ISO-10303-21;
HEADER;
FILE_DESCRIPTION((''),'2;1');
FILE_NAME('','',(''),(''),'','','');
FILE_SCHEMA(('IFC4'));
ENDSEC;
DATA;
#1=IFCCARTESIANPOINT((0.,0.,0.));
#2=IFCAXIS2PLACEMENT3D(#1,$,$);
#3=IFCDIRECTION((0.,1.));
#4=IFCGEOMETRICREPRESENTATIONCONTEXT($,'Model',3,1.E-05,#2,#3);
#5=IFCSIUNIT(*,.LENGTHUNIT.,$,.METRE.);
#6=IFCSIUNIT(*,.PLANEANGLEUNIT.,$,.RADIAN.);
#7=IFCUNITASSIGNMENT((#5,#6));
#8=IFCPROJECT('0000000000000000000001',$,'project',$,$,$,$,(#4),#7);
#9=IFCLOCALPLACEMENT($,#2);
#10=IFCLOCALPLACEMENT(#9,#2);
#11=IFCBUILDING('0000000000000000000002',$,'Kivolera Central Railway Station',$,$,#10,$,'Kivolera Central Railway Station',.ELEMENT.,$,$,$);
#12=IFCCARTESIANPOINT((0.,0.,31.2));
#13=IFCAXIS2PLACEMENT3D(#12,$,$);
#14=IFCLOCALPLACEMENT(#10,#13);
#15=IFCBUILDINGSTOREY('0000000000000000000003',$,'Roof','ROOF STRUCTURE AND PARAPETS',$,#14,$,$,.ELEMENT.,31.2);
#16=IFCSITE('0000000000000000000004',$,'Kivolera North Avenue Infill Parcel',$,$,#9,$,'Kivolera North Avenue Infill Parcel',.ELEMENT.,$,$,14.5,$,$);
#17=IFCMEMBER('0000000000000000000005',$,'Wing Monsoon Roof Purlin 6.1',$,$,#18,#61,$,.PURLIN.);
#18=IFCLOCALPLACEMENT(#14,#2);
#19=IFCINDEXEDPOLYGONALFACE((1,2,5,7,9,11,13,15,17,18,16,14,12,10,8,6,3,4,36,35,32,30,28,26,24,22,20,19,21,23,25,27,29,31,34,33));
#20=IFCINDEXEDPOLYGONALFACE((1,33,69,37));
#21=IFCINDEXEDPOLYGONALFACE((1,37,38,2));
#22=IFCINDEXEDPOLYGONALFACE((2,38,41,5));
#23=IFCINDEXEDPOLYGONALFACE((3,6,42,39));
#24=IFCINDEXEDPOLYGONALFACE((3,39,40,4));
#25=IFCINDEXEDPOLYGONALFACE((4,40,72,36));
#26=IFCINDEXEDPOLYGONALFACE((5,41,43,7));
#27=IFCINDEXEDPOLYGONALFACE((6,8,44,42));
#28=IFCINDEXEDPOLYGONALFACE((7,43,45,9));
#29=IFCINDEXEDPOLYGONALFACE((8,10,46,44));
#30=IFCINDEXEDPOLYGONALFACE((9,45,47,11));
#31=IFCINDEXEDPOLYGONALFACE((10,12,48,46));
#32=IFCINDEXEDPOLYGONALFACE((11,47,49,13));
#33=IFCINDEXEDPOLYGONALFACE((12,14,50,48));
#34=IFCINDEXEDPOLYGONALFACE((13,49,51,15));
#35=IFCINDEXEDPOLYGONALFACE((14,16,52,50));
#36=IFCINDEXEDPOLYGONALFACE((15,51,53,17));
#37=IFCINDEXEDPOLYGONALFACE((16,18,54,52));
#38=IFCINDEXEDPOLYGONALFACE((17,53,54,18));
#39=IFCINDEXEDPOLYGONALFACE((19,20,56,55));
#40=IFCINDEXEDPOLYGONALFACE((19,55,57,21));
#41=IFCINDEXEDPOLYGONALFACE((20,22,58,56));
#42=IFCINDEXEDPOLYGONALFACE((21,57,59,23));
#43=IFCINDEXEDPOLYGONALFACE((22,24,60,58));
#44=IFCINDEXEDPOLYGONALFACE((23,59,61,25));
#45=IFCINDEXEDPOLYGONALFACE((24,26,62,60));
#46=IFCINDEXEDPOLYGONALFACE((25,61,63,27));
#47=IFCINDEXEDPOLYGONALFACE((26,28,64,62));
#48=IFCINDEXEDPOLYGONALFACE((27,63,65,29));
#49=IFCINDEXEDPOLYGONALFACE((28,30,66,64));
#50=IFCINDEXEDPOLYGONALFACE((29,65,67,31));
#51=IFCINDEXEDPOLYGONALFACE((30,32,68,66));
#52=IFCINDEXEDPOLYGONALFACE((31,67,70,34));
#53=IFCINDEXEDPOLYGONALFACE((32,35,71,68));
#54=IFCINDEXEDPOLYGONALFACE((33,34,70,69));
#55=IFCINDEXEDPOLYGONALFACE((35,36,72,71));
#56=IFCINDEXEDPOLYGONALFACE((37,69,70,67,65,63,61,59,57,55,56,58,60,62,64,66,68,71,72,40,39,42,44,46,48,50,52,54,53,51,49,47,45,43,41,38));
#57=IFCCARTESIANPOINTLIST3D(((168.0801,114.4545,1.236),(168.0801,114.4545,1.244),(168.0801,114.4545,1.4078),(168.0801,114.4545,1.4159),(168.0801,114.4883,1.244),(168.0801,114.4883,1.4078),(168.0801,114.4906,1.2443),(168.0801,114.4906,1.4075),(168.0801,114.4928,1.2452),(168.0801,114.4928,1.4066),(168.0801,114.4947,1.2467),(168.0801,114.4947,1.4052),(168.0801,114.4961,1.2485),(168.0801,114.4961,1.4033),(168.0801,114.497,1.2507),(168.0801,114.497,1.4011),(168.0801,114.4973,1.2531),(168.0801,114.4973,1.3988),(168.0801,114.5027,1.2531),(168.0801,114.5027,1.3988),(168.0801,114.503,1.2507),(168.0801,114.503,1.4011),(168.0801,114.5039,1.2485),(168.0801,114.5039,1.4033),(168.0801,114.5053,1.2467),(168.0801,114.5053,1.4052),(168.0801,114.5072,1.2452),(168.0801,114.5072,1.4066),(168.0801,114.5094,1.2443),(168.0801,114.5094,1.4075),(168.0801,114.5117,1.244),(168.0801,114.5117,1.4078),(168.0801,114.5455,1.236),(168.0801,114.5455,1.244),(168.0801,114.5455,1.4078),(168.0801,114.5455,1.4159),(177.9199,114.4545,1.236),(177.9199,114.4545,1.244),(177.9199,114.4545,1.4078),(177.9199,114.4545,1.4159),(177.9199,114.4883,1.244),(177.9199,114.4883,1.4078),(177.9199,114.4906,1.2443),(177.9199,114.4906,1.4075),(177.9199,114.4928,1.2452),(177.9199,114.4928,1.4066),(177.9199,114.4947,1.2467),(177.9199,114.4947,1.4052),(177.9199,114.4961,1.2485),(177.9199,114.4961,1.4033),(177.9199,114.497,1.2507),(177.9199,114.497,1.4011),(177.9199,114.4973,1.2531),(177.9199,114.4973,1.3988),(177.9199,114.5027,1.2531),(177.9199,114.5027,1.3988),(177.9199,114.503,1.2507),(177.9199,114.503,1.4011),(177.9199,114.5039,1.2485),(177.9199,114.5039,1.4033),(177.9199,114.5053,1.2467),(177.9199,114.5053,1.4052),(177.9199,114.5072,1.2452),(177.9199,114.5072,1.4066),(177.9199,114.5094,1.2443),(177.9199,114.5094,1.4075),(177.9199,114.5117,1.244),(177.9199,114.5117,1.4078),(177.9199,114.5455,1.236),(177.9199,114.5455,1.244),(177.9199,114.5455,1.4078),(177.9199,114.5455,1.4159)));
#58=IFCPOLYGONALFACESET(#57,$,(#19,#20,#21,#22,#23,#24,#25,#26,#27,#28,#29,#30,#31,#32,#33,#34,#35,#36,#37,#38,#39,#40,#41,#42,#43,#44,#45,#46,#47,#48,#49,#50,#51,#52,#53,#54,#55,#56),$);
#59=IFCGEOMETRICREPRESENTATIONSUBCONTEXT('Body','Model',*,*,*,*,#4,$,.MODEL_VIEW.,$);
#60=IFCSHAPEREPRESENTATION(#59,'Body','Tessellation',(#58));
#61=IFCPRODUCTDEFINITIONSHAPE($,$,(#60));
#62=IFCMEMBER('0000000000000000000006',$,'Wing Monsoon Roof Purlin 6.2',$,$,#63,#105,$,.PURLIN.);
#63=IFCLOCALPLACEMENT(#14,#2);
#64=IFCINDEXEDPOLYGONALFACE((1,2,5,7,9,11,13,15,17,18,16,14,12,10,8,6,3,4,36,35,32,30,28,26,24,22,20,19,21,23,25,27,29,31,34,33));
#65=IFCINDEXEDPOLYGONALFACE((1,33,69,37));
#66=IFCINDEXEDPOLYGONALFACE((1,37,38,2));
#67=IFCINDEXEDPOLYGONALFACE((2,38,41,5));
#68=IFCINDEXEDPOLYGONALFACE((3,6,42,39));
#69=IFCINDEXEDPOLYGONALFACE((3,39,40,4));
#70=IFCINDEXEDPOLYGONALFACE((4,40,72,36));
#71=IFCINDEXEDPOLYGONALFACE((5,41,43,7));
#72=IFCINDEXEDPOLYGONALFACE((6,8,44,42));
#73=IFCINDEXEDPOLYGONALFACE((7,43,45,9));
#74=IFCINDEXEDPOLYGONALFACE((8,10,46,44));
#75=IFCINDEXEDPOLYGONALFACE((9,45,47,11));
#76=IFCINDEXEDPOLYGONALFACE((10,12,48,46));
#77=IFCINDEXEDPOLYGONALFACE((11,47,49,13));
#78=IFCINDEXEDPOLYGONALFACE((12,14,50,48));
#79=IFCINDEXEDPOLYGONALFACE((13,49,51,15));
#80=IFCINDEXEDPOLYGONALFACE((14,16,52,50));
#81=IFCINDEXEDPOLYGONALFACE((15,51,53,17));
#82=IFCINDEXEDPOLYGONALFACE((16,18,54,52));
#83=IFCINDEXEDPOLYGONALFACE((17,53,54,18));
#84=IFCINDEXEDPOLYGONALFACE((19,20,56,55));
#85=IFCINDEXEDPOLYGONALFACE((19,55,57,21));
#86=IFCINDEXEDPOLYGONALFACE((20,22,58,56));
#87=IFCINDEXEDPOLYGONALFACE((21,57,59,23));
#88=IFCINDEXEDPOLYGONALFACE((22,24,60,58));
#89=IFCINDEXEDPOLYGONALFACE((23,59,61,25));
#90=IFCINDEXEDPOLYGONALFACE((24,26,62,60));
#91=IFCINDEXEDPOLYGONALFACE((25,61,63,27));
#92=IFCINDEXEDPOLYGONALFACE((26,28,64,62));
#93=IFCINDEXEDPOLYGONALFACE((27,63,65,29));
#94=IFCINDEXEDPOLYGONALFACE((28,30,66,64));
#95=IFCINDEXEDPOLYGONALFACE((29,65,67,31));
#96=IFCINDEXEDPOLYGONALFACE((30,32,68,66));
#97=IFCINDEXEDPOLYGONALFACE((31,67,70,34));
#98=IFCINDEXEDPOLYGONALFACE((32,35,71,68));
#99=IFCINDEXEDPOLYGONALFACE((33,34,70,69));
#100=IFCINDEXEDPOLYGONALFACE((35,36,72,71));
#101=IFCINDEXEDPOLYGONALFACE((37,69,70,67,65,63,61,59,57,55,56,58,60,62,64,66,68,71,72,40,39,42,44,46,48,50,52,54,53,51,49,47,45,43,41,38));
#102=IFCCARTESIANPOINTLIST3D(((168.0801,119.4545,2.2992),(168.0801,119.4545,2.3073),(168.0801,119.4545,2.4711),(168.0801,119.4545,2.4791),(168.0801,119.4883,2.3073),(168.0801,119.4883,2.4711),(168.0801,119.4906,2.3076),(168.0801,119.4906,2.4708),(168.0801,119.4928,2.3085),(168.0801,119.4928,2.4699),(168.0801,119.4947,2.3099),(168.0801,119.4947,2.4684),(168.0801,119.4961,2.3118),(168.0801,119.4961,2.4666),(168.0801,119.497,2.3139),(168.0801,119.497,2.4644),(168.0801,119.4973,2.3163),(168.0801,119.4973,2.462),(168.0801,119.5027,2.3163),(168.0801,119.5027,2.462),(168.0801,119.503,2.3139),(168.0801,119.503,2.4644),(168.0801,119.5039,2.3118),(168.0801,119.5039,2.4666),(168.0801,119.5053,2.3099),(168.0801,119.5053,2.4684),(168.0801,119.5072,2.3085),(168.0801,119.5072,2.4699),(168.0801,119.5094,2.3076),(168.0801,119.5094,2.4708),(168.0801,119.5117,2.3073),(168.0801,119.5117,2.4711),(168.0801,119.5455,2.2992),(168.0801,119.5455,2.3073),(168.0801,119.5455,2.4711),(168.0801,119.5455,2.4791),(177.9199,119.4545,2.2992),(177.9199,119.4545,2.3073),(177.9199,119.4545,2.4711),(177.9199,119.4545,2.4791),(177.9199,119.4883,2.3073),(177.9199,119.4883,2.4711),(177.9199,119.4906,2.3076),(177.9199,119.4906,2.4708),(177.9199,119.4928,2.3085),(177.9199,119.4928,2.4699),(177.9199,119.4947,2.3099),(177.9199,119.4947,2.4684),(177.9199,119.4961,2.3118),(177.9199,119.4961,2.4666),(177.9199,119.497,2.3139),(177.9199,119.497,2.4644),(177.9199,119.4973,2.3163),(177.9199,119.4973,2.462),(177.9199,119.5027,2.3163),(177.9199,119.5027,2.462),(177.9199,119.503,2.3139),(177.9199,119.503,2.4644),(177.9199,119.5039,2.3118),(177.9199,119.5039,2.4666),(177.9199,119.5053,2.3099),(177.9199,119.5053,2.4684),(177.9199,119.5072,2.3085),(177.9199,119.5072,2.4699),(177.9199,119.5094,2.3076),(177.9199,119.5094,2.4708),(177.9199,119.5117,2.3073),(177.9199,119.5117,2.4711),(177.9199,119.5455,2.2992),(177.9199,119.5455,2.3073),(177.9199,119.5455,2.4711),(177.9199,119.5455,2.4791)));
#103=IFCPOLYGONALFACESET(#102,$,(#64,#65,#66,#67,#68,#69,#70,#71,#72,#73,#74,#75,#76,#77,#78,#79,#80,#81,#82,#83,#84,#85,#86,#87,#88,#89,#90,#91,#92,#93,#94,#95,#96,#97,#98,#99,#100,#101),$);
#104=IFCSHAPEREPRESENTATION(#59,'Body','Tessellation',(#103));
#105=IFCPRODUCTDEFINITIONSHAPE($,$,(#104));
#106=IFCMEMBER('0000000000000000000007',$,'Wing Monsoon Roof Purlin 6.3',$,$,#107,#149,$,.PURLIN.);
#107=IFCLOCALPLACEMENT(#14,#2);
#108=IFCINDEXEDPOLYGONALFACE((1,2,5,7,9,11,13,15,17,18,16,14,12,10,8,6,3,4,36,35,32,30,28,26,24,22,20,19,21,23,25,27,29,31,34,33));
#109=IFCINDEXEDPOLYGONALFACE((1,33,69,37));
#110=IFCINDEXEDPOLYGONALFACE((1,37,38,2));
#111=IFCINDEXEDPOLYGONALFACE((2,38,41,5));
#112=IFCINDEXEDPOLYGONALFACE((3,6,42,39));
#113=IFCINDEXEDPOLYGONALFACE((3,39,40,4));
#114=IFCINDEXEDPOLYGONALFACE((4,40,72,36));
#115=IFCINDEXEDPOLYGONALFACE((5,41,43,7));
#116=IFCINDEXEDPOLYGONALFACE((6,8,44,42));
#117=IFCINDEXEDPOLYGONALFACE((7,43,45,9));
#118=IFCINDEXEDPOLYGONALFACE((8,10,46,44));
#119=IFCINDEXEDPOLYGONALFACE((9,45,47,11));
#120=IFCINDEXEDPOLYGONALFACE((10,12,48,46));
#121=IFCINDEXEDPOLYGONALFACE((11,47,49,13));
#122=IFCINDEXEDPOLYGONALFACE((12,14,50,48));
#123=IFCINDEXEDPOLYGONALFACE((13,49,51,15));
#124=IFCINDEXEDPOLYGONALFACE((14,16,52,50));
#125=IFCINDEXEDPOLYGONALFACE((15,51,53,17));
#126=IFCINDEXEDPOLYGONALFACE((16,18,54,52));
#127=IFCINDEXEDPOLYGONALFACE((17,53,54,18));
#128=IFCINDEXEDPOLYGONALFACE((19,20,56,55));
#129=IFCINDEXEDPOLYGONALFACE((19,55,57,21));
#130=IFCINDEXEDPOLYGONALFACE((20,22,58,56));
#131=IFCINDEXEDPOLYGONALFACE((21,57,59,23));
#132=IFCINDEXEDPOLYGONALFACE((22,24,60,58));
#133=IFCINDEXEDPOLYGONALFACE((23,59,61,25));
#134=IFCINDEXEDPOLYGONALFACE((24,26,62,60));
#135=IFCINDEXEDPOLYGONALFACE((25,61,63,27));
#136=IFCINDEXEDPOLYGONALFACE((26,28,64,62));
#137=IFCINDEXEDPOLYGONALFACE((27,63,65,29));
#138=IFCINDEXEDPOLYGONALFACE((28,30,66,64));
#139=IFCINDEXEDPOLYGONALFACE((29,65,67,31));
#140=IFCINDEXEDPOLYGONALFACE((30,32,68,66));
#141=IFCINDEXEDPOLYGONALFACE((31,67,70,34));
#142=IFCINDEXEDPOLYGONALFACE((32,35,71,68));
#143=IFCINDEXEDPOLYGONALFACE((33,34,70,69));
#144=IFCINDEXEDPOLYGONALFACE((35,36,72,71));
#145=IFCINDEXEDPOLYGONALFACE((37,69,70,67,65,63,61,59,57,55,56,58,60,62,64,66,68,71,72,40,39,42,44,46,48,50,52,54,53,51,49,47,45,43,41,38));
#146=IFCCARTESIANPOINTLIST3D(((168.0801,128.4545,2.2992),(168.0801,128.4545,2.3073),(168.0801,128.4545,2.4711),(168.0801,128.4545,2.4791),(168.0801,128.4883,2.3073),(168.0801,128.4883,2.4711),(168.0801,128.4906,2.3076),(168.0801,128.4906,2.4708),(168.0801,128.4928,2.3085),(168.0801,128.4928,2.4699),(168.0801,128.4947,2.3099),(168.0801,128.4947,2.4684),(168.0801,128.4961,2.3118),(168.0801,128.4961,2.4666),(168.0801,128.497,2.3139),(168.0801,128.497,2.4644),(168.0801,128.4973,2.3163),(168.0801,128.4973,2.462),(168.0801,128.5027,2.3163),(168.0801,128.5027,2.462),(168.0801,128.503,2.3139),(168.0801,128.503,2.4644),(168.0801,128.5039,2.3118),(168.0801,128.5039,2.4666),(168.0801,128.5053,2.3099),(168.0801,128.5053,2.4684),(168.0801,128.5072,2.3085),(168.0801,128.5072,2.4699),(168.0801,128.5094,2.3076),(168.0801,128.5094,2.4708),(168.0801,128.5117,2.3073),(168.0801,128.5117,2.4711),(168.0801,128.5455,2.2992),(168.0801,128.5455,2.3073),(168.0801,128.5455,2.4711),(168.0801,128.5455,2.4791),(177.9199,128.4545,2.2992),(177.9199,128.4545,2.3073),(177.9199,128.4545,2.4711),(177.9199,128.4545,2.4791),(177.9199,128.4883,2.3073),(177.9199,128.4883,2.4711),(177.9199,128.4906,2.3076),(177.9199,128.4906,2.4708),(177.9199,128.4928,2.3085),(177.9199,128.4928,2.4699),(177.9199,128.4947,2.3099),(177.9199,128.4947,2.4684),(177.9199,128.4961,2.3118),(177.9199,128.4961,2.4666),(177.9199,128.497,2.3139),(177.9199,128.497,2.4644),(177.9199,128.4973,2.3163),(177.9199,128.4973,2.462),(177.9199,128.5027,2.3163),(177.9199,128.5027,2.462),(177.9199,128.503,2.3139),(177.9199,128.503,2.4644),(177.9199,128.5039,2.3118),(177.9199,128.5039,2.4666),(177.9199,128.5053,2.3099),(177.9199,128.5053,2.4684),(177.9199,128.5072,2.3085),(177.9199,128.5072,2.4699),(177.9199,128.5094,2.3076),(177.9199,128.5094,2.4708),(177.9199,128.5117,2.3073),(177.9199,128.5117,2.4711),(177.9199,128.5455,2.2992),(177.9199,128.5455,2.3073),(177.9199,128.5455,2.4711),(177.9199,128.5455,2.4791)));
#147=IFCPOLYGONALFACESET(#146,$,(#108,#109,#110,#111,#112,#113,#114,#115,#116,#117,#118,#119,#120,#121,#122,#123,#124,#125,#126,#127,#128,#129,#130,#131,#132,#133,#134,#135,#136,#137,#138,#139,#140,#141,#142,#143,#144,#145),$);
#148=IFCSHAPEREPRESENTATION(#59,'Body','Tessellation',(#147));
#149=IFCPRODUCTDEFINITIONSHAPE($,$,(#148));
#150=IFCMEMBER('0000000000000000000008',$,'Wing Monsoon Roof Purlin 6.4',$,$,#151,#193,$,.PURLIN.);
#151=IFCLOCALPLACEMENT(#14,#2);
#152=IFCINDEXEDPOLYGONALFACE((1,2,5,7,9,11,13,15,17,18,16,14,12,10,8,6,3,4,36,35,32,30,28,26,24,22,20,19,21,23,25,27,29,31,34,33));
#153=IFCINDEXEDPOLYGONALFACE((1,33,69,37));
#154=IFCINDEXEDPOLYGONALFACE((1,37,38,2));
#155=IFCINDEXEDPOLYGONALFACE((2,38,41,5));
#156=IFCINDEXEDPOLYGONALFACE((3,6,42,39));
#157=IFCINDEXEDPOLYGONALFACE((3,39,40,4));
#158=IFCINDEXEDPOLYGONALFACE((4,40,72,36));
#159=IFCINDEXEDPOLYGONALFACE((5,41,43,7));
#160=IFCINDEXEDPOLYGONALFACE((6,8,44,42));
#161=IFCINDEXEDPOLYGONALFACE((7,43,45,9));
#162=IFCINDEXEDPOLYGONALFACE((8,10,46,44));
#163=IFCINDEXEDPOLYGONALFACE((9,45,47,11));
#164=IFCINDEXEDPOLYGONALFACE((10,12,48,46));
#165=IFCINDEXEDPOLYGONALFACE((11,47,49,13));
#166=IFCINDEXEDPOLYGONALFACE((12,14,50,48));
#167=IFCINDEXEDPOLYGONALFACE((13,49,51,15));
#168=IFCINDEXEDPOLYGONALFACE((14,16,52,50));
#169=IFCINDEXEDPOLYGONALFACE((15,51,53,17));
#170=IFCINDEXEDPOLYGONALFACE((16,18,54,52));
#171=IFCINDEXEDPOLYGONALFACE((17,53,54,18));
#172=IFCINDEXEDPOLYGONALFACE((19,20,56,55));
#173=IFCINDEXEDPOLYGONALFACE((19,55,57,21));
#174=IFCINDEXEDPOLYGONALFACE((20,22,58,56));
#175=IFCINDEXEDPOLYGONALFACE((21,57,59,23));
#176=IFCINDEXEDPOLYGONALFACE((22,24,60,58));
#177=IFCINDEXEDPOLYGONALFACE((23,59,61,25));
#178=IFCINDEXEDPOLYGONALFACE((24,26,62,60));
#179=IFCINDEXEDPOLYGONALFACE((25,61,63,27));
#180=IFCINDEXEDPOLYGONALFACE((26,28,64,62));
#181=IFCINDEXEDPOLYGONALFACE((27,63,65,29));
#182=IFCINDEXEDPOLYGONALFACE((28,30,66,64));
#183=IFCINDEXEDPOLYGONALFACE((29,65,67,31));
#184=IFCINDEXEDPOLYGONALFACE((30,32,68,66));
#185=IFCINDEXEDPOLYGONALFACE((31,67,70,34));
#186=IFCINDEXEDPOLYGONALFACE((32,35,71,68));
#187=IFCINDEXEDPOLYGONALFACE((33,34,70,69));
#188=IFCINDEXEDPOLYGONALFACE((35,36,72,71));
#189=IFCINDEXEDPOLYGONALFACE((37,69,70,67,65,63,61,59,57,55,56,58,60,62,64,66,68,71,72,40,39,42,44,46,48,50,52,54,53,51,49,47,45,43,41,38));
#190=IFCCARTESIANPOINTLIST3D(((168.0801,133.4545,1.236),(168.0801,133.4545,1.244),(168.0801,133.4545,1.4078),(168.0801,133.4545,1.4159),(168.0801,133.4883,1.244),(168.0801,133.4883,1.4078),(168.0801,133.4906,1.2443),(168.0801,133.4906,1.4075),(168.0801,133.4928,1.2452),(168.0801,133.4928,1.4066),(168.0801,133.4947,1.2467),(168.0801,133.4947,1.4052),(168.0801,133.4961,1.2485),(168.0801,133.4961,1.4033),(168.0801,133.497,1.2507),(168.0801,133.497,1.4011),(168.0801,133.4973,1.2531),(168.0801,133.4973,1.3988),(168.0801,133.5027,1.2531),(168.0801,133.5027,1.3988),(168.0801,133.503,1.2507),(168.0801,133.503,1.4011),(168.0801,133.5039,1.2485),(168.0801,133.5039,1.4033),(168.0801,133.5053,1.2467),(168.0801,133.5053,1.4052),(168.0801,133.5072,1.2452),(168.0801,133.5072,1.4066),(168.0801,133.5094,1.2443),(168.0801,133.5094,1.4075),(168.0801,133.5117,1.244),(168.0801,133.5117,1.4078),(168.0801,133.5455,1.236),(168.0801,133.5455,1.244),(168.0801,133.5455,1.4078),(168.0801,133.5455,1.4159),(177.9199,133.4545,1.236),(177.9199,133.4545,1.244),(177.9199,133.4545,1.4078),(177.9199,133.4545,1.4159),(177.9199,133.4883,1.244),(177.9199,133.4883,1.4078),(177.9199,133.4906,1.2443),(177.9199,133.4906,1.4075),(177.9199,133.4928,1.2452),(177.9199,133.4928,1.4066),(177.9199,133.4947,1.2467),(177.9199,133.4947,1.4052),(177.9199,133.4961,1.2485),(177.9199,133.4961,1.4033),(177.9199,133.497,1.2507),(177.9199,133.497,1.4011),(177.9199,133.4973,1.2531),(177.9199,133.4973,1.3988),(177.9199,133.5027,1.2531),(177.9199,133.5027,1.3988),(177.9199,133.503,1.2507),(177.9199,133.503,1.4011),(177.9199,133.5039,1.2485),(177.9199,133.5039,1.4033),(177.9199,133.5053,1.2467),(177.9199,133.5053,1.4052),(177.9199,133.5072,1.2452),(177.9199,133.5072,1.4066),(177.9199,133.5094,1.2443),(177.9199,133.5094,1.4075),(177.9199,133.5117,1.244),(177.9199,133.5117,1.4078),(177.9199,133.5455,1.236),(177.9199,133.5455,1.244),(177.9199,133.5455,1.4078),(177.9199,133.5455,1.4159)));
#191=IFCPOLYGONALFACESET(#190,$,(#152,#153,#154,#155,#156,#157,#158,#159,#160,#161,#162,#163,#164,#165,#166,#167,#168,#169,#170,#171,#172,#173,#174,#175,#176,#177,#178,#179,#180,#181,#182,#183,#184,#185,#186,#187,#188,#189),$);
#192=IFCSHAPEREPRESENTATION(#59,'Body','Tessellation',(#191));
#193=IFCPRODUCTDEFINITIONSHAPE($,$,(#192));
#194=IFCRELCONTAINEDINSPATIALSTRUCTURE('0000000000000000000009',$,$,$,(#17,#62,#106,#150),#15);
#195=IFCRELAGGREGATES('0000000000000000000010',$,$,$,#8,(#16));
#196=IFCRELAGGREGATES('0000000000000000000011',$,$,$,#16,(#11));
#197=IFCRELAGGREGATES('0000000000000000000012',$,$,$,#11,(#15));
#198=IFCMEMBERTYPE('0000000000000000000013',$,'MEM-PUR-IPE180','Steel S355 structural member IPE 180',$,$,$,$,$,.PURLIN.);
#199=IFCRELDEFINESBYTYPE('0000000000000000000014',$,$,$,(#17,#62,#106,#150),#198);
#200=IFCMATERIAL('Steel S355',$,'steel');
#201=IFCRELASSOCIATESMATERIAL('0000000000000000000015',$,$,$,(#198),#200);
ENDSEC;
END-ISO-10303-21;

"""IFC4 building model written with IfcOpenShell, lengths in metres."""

from ifc_helpers import new_model, si_unit, direction, frame, origin, origin_2d, place, context, subcontext, project, spatial, i_section, extrude, material, material_profile, profile_set, type_object, element, save


model = new_model("IFC4")

# Units and contexts
model_context = context("Model", 3, precision=1e-05, world=origin(), true_north=direction((0.0, 1.0)))
body_context = subcontext(model_context, "Body", "Model", "MODEL_VIEW")
ifc_project = project(units=[si_unit("LENGTHUNIT", "METRE"), si_unit("PLANEANGLEUNIT", "RADIAN")], contexts=[model_context])

# Site, building, storey
site_placement = place(None, origin())
site = spatial("IfcSite", under=ifc_project, at=site_placement, Name="Kivolera North Avenue Infill Parcel", LongName="Kivolera North Avenue Infill Parcel", CompositionType="ELEMENT", RefElevation=14.5)
building_placement = place(site_placement, origin())
building = spatial("IfcBuilding", under=site, at=building_placement, Name="Kivolera Central Railway Station", LongName="Kivolera Central Railway Station", CompositionType="ELEMENT")
storey_placement = place(building_placement, frame((0.0, 0.0, 31.2)))
storey = spatial("IfcBuildingStorey", under=building, at=storey_placement, Name="Roof", Description="ROOF STRUCTURE AND PARAPETS", CompositionType="ELEMENT", Elevation=31.2)

# Shared definitions
ifc_material_1 = material(Name="Steel S355", Category="steel")

# Members
ifc_material_profile_1 = material_profile(ifc_material_1, i_section(OverallWidth=0.0911, OverallDepth=0.1799, WebThickness=0.0054, FlangeThickness=0.0081, FilletRadius=0.009, at=origin_2d()), Name="IPE 180")
ifc_profile_set_1 = profile_set([ifc_material_profile_1], Name="Steel S355")
member_type_1 = type_object("IfcMemberType", Name="MEM-PUR-IPE180", Description="Steel S355 structural member IPE 180", PredefinedType="PURLIN", material=ifc_profile_set_1)
for number, where, z_axis, x_axis, name in (
    (1, (168.0801, 114.5, 1.3259), (1.0, 0.0, 0.0), (0.0, 1.0, 0.0), "Wing Monsoon Roof Purlin 6.1"),
    (2, (168.0801, 119.5, 2.3892), (1.0, 0.0, 0.0), (0.0, 1.0, 0.0), "Wing Monsoon Roof Purlin 6.2"),
    (3, (168.0801, 128.5, 2.3892), (1.0, 0.0, 0.0), (0.0, 1.0, 0.0), "Wing Monsoon Roof Purlin 6.3"),
    (4, (168.0801, 133.5, 1.3259), (1.0, 0.0, 0.0), (0.0, 1.0, 0.0), "Wing Monsoon Roof Purlin 6.4"),
):
    element("IfcMember", number, at=place(storey_placement, frame(where, z_axis=z_axis, x_axis=x_axis)), inside=storey, type_object=member_type_1, Name=name, PredefinedType="PURLIN", context=body_context, shape_type="SweptSolid", body=[
        extrude(i_section(OverallWidth=0.0911, OverallDepth=0.1799, WebThickness=0.0054, FlangeThickness=0.0081, FilletRadius=0.009, at=origin_2d()), origin(), (0.0, 0.0, 1.0), 9.8398),
    ])

save(model, "model.ifc")
